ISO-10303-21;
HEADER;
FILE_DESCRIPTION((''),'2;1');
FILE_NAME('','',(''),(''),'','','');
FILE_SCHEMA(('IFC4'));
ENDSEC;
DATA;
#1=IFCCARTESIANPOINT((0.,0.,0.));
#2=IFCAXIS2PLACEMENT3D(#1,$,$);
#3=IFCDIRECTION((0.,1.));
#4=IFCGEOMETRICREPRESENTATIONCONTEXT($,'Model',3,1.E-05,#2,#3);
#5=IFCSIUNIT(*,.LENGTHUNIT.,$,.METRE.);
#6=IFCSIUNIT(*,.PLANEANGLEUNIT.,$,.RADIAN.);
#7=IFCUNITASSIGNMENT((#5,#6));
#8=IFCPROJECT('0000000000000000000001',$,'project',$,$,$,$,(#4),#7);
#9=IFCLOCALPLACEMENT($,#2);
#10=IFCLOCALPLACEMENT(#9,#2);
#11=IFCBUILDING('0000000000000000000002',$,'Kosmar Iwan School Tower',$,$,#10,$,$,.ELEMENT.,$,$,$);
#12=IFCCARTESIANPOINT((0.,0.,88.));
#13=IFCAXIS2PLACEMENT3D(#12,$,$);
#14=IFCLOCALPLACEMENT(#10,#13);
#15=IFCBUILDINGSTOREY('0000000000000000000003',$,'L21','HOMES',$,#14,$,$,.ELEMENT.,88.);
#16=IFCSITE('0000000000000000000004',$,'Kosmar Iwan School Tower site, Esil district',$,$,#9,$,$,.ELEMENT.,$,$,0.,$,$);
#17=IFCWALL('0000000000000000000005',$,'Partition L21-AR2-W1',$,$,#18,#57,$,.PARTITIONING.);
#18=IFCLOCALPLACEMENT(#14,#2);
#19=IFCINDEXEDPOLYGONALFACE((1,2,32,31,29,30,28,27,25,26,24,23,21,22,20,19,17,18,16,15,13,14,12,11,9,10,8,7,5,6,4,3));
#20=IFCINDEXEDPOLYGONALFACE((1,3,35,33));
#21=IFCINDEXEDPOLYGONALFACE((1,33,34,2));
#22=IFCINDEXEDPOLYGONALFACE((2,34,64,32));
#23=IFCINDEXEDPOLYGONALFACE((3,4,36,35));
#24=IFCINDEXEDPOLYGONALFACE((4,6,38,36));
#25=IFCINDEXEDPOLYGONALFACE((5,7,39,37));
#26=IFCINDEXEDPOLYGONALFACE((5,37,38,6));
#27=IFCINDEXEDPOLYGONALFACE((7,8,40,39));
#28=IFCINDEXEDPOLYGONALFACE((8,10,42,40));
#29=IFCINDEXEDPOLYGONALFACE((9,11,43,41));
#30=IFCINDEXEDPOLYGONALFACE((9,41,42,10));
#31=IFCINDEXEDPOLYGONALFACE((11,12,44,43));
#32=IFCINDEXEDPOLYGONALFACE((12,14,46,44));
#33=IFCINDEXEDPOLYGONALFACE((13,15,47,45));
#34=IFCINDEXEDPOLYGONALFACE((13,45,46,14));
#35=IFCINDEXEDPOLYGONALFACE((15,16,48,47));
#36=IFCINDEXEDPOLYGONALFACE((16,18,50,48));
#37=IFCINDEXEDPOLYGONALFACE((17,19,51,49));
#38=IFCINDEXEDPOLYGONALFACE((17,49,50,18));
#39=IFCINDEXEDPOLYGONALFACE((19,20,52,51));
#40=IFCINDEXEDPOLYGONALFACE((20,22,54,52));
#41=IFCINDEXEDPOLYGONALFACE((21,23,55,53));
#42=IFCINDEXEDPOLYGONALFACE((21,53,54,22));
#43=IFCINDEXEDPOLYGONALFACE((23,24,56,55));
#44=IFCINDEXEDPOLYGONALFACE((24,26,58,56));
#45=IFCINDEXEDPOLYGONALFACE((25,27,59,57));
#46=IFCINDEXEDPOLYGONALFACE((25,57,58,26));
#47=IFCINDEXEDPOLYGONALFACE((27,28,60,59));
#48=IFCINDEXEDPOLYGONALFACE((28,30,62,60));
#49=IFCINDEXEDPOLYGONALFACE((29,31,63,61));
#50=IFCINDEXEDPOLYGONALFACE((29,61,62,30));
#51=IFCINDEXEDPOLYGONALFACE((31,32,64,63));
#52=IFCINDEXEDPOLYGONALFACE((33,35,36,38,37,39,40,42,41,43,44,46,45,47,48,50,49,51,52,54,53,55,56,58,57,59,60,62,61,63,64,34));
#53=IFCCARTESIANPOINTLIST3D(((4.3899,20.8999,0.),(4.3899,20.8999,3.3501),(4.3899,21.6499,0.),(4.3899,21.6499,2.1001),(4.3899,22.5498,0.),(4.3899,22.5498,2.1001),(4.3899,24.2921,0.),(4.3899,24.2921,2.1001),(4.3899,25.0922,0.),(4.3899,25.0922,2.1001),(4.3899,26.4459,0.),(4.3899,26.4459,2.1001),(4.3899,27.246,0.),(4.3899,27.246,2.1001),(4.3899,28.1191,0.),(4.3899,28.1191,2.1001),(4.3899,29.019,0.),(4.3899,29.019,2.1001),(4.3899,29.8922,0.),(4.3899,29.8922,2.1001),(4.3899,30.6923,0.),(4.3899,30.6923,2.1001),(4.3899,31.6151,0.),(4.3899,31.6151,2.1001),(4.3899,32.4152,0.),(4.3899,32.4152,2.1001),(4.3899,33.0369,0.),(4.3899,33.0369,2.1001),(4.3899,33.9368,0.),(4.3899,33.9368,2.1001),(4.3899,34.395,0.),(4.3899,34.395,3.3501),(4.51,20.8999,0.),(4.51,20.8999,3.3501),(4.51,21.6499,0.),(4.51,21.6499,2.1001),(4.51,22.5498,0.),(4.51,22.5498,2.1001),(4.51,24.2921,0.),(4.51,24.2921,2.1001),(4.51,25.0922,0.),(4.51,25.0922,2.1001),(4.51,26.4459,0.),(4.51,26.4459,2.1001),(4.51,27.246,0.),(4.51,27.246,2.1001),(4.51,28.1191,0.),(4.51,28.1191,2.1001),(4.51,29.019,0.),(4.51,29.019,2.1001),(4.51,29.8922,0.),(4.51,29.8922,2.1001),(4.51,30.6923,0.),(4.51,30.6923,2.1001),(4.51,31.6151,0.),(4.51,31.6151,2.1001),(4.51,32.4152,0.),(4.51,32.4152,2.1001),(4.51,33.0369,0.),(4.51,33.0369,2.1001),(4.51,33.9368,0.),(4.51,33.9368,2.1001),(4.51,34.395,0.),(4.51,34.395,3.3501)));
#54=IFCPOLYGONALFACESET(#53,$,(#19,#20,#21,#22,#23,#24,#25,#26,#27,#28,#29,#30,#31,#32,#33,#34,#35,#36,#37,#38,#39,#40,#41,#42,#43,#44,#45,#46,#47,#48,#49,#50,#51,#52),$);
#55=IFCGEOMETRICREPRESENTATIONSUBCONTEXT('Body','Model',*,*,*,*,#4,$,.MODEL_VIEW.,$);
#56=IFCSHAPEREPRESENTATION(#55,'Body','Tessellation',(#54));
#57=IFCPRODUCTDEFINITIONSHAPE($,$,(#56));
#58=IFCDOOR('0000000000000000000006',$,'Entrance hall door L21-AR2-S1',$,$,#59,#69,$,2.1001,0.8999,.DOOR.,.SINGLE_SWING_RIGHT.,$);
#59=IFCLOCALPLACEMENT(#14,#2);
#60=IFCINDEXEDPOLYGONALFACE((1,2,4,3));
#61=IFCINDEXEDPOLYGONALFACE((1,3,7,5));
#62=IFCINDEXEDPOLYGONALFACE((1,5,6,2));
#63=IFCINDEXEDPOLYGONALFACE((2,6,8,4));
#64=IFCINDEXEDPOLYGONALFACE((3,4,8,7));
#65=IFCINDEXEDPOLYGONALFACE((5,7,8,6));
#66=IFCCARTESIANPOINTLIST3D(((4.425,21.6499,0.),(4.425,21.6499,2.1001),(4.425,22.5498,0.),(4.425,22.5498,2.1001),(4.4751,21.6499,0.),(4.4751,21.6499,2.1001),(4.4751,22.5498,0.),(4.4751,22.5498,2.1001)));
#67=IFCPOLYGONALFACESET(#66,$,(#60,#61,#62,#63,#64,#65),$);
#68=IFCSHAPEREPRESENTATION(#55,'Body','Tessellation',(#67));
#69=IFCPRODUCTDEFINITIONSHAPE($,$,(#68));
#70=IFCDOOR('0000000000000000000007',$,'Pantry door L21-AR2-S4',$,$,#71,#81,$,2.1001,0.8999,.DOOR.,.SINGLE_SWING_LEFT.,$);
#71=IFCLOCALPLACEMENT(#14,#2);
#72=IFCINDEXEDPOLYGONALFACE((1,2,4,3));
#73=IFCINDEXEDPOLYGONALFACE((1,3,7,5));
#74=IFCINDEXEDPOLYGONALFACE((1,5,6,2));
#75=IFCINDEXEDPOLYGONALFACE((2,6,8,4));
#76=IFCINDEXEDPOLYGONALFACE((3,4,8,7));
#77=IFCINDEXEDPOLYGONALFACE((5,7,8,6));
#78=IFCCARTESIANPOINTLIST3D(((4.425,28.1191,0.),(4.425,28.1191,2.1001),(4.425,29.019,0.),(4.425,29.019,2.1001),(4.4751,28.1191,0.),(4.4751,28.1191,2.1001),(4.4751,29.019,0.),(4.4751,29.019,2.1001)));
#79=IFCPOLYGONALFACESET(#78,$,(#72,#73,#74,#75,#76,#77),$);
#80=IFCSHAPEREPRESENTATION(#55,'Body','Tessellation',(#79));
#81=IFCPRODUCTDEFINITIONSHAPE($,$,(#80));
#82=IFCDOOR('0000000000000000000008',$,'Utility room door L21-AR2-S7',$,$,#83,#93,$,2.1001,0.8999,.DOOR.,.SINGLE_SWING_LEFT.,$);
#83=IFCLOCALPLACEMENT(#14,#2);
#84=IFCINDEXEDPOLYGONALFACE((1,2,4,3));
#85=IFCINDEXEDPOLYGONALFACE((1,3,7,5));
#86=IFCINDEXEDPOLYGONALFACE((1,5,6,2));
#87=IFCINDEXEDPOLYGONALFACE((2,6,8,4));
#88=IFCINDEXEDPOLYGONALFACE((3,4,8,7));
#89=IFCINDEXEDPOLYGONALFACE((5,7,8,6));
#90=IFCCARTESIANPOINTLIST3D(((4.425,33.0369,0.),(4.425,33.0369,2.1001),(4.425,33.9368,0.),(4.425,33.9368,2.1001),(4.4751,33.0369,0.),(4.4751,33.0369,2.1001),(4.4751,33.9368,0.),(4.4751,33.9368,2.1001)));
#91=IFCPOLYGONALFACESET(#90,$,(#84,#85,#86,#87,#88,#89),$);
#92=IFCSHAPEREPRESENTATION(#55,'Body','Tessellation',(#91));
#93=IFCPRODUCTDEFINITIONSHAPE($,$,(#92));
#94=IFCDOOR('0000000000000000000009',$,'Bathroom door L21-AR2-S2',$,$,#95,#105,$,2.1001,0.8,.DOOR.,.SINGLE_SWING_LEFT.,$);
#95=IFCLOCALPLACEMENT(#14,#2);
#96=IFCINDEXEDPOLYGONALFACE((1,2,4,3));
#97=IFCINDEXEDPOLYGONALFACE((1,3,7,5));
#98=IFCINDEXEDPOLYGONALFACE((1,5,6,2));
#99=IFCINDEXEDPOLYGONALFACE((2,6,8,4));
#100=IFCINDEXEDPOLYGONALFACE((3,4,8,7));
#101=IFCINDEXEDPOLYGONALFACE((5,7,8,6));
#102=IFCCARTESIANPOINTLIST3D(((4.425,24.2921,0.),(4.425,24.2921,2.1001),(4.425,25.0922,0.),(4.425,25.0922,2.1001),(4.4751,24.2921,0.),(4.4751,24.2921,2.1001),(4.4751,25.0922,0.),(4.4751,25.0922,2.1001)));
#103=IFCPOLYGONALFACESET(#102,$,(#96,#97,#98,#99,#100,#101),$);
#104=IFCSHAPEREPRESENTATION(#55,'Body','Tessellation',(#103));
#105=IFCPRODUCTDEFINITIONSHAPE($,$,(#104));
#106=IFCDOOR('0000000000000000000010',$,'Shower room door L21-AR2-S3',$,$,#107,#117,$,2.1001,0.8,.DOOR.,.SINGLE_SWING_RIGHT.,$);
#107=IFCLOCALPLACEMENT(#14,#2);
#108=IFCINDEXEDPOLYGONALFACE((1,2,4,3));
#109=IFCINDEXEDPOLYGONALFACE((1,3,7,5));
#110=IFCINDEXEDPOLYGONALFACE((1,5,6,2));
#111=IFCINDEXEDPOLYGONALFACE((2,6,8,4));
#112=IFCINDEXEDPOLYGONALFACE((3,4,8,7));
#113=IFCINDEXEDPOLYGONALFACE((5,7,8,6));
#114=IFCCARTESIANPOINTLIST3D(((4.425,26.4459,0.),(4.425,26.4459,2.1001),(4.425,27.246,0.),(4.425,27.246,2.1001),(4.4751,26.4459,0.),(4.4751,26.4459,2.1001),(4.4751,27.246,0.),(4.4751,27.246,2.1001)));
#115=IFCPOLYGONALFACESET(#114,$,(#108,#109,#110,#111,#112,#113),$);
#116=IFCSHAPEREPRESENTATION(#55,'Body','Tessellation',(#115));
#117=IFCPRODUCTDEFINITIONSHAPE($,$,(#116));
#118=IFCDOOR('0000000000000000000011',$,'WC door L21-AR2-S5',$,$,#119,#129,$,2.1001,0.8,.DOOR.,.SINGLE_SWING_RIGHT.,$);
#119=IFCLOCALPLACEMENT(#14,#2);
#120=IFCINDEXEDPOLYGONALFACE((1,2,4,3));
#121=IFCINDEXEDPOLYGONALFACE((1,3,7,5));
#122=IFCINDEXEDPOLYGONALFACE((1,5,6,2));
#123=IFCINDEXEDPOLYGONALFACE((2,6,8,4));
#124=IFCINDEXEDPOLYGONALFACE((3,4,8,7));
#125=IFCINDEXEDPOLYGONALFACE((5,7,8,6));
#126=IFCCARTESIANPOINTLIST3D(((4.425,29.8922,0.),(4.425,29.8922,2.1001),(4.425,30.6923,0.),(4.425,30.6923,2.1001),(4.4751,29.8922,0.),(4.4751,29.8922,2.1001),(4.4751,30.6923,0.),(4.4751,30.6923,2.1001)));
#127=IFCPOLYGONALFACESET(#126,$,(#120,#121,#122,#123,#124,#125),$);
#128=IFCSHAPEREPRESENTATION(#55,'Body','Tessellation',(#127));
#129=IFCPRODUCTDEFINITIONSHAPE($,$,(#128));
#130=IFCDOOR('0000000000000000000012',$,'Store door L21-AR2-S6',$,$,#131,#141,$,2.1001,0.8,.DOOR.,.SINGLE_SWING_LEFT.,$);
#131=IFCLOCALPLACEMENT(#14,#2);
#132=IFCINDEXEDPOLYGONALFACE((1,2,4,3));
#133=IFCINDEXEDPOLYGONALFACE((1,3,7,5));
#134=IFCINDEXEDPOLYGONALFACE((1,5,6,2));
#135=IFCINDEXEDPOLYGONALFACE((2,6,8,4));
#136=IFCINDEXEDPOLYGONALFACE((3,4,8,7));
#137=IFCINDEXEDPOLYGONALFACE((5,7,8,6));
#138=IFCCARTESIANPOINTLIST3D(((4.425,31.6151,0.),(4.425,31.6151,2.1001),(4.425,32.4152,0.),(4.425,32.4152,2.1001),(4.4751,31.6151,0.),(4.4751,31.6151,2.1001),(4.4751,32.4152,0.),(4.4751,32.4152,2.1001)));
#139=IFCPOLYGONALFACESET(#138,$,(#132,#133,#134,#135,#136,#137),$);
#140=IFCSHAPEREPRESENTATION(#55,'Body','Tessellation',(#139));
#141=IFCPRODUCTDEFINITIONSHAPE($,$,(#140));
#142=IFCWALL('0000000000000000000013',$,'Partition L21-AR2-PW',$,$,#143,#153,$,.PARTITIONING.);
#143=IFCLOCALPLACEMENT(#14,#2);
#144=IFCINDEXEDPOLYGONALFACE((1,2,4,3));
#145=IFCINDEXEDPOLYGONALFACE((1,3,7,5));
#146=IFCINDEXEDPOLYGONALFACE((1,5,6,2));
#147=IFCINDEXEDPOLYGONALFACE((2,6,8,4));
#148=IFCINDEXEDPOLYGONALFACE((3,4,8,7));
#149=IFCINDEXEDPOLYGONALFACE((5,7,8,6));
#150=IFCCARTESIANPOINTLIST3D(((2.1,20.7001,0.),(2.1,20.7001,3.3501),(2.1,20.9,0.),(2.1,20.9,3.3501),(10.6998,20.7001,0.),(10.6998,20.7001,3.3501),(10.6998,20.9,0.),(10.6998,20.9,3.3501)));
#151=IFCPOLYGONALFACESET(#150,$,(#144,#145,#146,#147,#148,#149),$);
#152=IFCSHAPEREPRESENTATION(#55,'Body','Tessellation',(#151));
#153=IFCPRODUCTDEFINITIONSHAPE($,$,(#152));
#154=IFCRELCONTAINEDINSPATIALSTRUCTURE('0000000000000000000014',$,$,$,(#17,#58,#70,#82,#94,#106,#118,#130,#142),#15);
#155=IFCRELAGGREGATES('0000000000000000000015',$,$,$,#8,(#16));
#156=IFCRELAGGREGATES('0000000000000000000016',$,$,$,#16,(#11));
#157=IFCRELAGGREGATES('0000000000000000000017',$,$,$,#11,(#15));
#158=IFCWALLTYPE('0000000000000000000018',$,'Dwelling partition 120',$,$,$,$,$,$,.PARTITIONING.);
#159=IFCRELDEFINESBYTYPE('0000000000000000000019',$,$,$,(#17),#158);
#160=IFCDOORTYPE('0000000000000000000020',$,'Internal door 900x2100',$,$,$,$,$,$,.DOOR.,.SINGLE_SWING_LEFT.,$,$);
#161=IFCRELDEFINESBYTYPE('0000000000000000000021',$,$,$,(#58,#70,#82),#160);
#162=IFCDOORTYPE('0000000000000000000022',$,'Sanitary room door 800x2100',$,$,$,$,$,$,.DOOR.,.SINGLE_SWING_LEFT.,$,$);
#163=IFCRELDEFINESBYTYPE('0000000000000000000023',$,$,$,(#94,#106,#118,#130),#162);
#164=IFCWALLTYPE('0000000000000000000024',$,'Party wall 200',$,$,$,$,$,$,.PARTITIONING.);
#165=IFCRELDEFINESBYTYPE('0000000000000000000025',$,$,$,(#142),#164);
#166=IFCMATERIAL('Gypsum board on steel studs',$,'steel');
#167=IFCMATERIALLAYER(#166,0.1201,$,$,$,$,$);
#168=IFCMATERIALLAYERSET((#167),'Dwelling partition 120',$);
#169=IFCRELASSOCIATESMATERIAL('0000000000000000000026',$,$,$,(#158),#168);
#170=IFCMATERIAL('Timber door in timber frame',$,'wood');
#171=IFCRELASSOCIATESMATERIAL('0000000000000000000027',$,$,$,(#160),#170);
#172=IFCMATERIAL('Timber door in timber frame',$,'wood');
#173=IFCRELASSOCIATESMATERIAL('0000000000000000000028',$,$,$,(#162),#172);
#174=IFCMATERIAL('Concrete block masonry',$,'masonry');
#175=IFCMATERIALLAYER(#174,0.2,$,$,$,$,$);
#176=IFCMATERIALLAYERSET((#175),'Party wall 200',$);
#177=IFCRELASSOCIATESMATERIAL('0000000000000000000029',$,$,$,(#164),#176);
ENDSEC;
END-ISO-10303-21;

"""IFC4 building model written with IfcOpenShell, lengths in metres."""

from ifc_helpers import new_model, si_unit, direction, frame, frame_2d, origin, place, context, subcontext, project, spatial, rectangle, extrude, material, layer, layer_set, type_object, element, fill, save


model = new_model("IFC4")

# Units and contexts
model_context = context("Model", 3, precision=1e-05, world=origin(), true_north=direction((0.0, 1.0)))
body_context = subcontext(model_context, "Body", "Model", "MODEL_VIEW")
ifc_project = project(units=[si_unit("LENGTHUNIT", "METRE"), si_unit("PLANEANGLEUNIT", "RADIAN")], contexts=[model_context])

# Site, building, storey
site_placement = place(None, origin())
site = spatial("IfcSite", under=ifc_project, at=site_placement, Name="Kosmar Iwan School Tower site, Esil district", CompositionType="ELEMENT", RefElevation=0.0)
building_placement = place(site_placement, origin())
building = spatial("IfcBuilding", under=site, at=building_placement, Name="Kosmar Iwan School Tower", CompositionType="ELEMENT")
storey_placement = place(building_placement, frame((0.0, 0.0, 88.0)))
storey = spatial("IfcBuildingStorey", under=building, at=storey_placement, Name="L21", Description="HOMES", CompositionType="ELEMENT", Elevation=88.0)

# Shared definitions
ifc_material_1 = material(Name="Gypsum board on steel studs", Category="steel")
ifc_layer_1 = layer(ifc_material_1, 0.1201)
ifc_layer_set_1 = layer_set([ifc_layer_1], Name="Dwelling partition 120")
wall_type_1 = type_object("IfcWallType", Name="Dwelling partition 120", PredefinedType="PARTITIONING", material=ifc_layer_set_1)

# Wall, openings, doors
wall_1_placement = place(storey_placement, frame((4.45, 20.8999, 0.0), z_axis=(0.0, 0.0, 1.0), x_axis=(0.0, 1.0, 0.0)))
wall_1 = element("IfcWall", 1, at=wall_1_placement, inside=storey, type_object=wall_type_1, Name="Partition L21-AR2-W1", PredefinedType="PARTITIONING", context=body_context, shape_type="SweptSolid", body=[
    extrude(rectangle(XDim=13.4951, YDim=0.1201, at=frame_2d((6.7476, 0.0))), origin(), (0.0, 0.0, 1.0), 3.3501),
])
opening_1_placement = place(wall_1_placement, frame((0.75, 0.0, 0.0)))
opening_1 = element("IfcOpeningElement", 2, at=opening_1_placement, cuts=wall_1, PredefinedType="OPENING", context=body_context, shape_type="SweptSolid", body=[
    extrude(rectangle(XDim=0.8999, YDim=2.1001, at=frame_2d((0.45, 1.05))), frame((0.0, 0.072, 0.0), z_axis=(0.0, -1.0, 0.0), x_axis=(1.0, 0.0, 0.0)), (0.0, 0.0, 1.0), 0.144),
])
opening_2_placement = place(wall_1_placement, frame((3.3923, 0.0, 0.0)))
opening_2 = element("IfcOpeningElement", 3, at=opening_2_placement, cuts=wall_1, PredefinedType="OPENING", context=body_context, shape_type="SweptSolid", body=[
    extrude(rectangle(XDim=0.8, YDim=2.1001, at=frame_2d((0.3999, 1.05))), frame((0.0, 0.072, 0.0), z_axis=(0.0, -1.0, 0.0), x_axis=(1.0, 0.0, 0.0)), (0.0, 0.0, 1.0), 0.144),
])
opening_3_placement = place(wall_1_placement, frame((5.5461, 0.0, 0.0)))
opening_3 = element("IfcOpeningElement", 4, at=opening_3_placement, cuts=wall_1, PredefinedType="OPENING", context=body_context, shape_type="SweptSolid", body=[
    extrude(rectangle(XDim=0.8, YDim=2.1001, at=frame_2d((0.3999, 1.05))), frame((0.0, 0.072, 0.0), z_axis=(0.0, -1.0, 0.0), x_axis=(1.0, 0.0, 0.0)), (0.0, 0.0, 1.0), 0.144),
])
opening_4_placement = place(wall_1_placement, frame((7.2192, 0.0, 0.0)))
opening_4 = element("IfcOpeningElement", 5, at=opening_4_placement, cuts=wall_1, PredefinedType="OPENING", context=body_context, shape_type="SweptSolid", body=[
    extrude(rectangle(XDim=0.8999, YDim=2.1001, at=frame_2d((0.45, 1.05))), frame((0.0, 0.072, 0.0), z_axis=(0.0, -1.0, 0.0), x_axis=(1.0, 0.0, 0.0)), (0.0, 0.0, 1.0), 0.144),
])
opening_5_placement = place(wall_1_placement, frame((8.9924, 0.0, 0.0)))
opening_5 = element("IfcOpeningElement", 6, at=opening_5_placement, cuts=wall_1, PredefinedType="OPENING", context=body_context, shape_type="SweptSolid", body=[
    extrude(rectangle(XDim=0.8, YDim=2.1001, at=frame_2d((0.3999, 1.05))), frame((0.0, 0.072, 0.0), z_axis=(0.0, -1.0, 0.0), x_axis=(1.0, 0.0, 0.0)), (0.0, 0.0, 1.0), 0.144),
])
opening_6_placement = place(wall_1_placement, frame((10.7153, 0.0, 0.0)))
opening_6 = element("IfcOpeningElement", 7, at=opening_6_placement, cuts=wall_1, PredefinedType="OPENING", context=body_context, shape_type="SweptSolid", body=[
    extrude(rectangle(XDim=0.8, YDim=2.1001, at=frame_2d((0.3999, 1.05))), frame((0.0, 0.072, 0.0), z_axis=(0.0, -1.0, 0.0), x_axis=(1.0, 0.0, 0.0)), (0.0, 0.0, 1.0), 0.144),
])
opening_7_placement = place(wall_1_placement, frame((12.137, 0.0, 0.0)))
opening_7 = element("IfcOpeningElement", 8, at=opening_7_placement, cuts=wall_1, PredefinedType="OPENING", context=body_context, shape_type="SweptSolid", body=[
    extrude(rectangle(XDim=0.8999, YDim=2.1001, at=frame_2d((0.45, 1.05))), frame((0.0, 0.072, 0.0), z_axis=(0.0, -1.0, 0.0), x_axis=(1.0, 0.0, 0.0)), (0.0, 0.0, 1.0), 0.144),
])
ifc_material_2 = material(Name="Timber door in timber frame", Category="wood")
door_type_1 = type_object("IfcDoorType", Name="Internal door 900x2100", OperationType="SINGLE_SWING_LEFT", PredefinedType="DOOR", material=ifc_material_2)
door_1_placement = place(opening_1_placement, origin())
door_1 = element("IfcDoor", 9, at=door_1_placement, inside=storey, type_object=door_type_1, Name="Entrance hall door L21-AR2-S1", OperationType="SINGLE_SWING_RIGHT", OverallHeight=2.1001, OverallWidth=0.8999, PredefinedType="DOOR", context=body_context, shape_type="SweptSolid", body=[
    extrude(rectangle(XDim=0.8999, YDim=2.1001, at=frame_2d((0.45, 1.05))), frame((0.0, 0.0249, 0.0), z_axis=(0.0, -1.0, 0.0), x_axis=(1.0, 0.0, 0.0)), (0.0, 0.0, 1.0), 0.05),
])
fill(opening_1, door_1)
door_2_placement = place(opening_4_placement, origin())
door_2 = element("IfcDoor", 10, at=door_2_placement, inside=storey, type_object=door_type_1, Name="Pantry door L21-AR2-S4", OperationType="SINGLE_SWING_LEFT", OverallHeight=2.1001, OverallWidth=0.8999, PredefinedType="DOOR", context=body_context, shape_type="SweptSolid", body=[
    extrude(rectangle(XDim=0.8999, YDim=2.1001, at=frame_2d((0.45, 1.05))), frame((0.0, 0.0249, 0.0), z_axis=(0.0, -1.0, 0.0), x_axis=(1.0, 0.0, 0.0)), (0.0, 0.0, 1.0), 0.05),
])
fill(opening_4, door_2)
door_3_placement = place(opening_7_placement, origin())
door_3 = element("IfcDoor", 11, at=door_3_placement, inside=storey, type_object=door_type_1, Name="Utility room door L21-AR2-S7", OperationType="SINGLE_SWING_LEFT", OverallHeight=2.1001, OverallWidth=0.8999, PredefinedType="DOOR", context=body_context, shape_type="SweptSolid", body=[
    extrude(rectangle(XDim=0.8999, YDim=2.1001, at=frame_2d((0.45, 1.05))), frame((0.0, 0.0249, 0.0), z_axis=(0.0, -1.0, 0.0), x_axis=(1.0, 0.0, 0.0)), (0.0, 0.0, 1.0), 0.05),
])
fill(opening_7, door_3)
ifc_material_3 = material(Name="Timber door in timber frame", Category="wood")
door_type_2 = type_object("IfcDoorType", Name="Sanitary room door 800x2100", OperationType="SINGLE_SWING_LEFT", PredefinedType="DOOR", material=ifc_material_3)
door_4_placement = place(opening_2_placement, origin())
door_4 = element("IfcDoor", 12, at=door_4_placement, inside=storey, type_object=door_type_2, Name="Bathroom door L21-AR2-S2", OperationType="SINGLE_SWING_LEFT", OverallHeight=2.1001, OverallWidth=0.8, PredefinedType="DOOR", context=body_context, shape_type="SweptSolid", body=[
    extrude(rectangle(XDim=0.8, YDim=2.1001, at=frame_2d((0.3999, 1.05))), frame((0.0, 0.0249, 0.0), z_axis=(0.0, -1.0, 0.0), x_axis=(1.0, 0.0, 0.0)), (0.0, 0.0, 1.0), 0.05),
])
fill(opening_2, door_4)
door_5_placement = place(opening_3_placement, origin())
door_5 = element("IfcDoor", 13, at=door_5_placement, inside=storey, type_object=door_type_2, Name="Shower room door L21-AR2-S3", OperationType="SINGLE_SWING_RIGHT", OverallHeight=2.1001, OverallWidth=0.8, PredefinedType="DOOR", context=body_context, shape_type="SweptSolid", body=[
    extrude(rectangle(XDim=0.8, YDim=2.1001, at=frame_2d((0.3999, 1.05))), frame((0.0, 0.0249, 0.0), z_axis=(0.0, -1.0, 0.0), x_axis=(1.0, 0.0, 0.0)), (0.0, 0.0, 1.0), 0.05),
])
fill(opening_3, door_5)
door_6_placement = place(opening_5_placement, origin())
door_6 = element("IfcDoor", 14, at=door_6_placement, inside=storey, type_object=door_type_2, Name="WC door L21-AR2-S5", OperationType="SINGLE_SWING_RIGHT", OverallHeight=2.1001, OverallWidth=0.8, PredefinedType="DOOR", context=body_context, shape_type="SweptSolid", body=[
    extrude(rectangle(XDim=0.8, YDim=2.1001, at=frame_2d((0.3999, 1.05))), frame((0.0, 0.0249, 0.0), z_axis=(0.0, -1.0, 0.0), x_axis=(1.0, 0.0, 0.0)), (0.0, 0.0, 1.0), 0.05),
])
fill(opening_5, door_6)
door_7_placement = place(opening_6_placement, origin())
door_7 = element("IfcDoor", 15, at=door_7_placement, inside=storey, type_object=door_type_2, Name="Store door L21-AR2-S6", OperationType="SINGLE_SWING_LEFT", OverallHeight=2.1001, OverallWidth=0.8, PredefinedType="DOOR", context=body_context, shape_type="SweptSolid", body=[
    extrude(rectangle(XDim=0.8, YDim=2.1001, at=frame_2d((0.3999, 1.05))), frame((0.0, 0.0249, 0.0), z_axis=(0.0, -1.0, 0.0), x_axis=(1.0, 0.0, 0.0)), (0.0, 0.0, 1.0), 0.05),
])
fill(opening_6, door_7)

# Wall
ifc_material_4 = material(Name="Concrete block masonry", Category="masonry")
ifc_layer_2 = layer(ifc_material_4, 0.2)
ifc_layer_set_2 = layer_set([ifc_layer_2], Name="Party wall 200")
wall_type_2 = type_object("IfcWallType", Name="Party wall 200", PredefinedType="PARTITIONING", material=ifc_layer_set_2)
wall_2_placement = place(storey_placement, frame((2.1001, 20.8, 0.0), z_axis=(0.0, 0.0, 1.0), x_axis=(1.0, 0.0, 0.0)))
element("IfcWall", 16, at=wall_2_placement, inside=storey, type_object=wall_type_2, Name="Partition L21-AR2-PW", PredefinedType="PARTITIONING", context=body_context, shape_type="SweptSolid", body=[
    extrude(rectangle(XDim=8.5999, YDim=0.2, at=frame_2d((4.2998, 0.0))), origin(), (0.0, 0.0, 1.0), 3.3501),
])

save(model, "model.ifc")
